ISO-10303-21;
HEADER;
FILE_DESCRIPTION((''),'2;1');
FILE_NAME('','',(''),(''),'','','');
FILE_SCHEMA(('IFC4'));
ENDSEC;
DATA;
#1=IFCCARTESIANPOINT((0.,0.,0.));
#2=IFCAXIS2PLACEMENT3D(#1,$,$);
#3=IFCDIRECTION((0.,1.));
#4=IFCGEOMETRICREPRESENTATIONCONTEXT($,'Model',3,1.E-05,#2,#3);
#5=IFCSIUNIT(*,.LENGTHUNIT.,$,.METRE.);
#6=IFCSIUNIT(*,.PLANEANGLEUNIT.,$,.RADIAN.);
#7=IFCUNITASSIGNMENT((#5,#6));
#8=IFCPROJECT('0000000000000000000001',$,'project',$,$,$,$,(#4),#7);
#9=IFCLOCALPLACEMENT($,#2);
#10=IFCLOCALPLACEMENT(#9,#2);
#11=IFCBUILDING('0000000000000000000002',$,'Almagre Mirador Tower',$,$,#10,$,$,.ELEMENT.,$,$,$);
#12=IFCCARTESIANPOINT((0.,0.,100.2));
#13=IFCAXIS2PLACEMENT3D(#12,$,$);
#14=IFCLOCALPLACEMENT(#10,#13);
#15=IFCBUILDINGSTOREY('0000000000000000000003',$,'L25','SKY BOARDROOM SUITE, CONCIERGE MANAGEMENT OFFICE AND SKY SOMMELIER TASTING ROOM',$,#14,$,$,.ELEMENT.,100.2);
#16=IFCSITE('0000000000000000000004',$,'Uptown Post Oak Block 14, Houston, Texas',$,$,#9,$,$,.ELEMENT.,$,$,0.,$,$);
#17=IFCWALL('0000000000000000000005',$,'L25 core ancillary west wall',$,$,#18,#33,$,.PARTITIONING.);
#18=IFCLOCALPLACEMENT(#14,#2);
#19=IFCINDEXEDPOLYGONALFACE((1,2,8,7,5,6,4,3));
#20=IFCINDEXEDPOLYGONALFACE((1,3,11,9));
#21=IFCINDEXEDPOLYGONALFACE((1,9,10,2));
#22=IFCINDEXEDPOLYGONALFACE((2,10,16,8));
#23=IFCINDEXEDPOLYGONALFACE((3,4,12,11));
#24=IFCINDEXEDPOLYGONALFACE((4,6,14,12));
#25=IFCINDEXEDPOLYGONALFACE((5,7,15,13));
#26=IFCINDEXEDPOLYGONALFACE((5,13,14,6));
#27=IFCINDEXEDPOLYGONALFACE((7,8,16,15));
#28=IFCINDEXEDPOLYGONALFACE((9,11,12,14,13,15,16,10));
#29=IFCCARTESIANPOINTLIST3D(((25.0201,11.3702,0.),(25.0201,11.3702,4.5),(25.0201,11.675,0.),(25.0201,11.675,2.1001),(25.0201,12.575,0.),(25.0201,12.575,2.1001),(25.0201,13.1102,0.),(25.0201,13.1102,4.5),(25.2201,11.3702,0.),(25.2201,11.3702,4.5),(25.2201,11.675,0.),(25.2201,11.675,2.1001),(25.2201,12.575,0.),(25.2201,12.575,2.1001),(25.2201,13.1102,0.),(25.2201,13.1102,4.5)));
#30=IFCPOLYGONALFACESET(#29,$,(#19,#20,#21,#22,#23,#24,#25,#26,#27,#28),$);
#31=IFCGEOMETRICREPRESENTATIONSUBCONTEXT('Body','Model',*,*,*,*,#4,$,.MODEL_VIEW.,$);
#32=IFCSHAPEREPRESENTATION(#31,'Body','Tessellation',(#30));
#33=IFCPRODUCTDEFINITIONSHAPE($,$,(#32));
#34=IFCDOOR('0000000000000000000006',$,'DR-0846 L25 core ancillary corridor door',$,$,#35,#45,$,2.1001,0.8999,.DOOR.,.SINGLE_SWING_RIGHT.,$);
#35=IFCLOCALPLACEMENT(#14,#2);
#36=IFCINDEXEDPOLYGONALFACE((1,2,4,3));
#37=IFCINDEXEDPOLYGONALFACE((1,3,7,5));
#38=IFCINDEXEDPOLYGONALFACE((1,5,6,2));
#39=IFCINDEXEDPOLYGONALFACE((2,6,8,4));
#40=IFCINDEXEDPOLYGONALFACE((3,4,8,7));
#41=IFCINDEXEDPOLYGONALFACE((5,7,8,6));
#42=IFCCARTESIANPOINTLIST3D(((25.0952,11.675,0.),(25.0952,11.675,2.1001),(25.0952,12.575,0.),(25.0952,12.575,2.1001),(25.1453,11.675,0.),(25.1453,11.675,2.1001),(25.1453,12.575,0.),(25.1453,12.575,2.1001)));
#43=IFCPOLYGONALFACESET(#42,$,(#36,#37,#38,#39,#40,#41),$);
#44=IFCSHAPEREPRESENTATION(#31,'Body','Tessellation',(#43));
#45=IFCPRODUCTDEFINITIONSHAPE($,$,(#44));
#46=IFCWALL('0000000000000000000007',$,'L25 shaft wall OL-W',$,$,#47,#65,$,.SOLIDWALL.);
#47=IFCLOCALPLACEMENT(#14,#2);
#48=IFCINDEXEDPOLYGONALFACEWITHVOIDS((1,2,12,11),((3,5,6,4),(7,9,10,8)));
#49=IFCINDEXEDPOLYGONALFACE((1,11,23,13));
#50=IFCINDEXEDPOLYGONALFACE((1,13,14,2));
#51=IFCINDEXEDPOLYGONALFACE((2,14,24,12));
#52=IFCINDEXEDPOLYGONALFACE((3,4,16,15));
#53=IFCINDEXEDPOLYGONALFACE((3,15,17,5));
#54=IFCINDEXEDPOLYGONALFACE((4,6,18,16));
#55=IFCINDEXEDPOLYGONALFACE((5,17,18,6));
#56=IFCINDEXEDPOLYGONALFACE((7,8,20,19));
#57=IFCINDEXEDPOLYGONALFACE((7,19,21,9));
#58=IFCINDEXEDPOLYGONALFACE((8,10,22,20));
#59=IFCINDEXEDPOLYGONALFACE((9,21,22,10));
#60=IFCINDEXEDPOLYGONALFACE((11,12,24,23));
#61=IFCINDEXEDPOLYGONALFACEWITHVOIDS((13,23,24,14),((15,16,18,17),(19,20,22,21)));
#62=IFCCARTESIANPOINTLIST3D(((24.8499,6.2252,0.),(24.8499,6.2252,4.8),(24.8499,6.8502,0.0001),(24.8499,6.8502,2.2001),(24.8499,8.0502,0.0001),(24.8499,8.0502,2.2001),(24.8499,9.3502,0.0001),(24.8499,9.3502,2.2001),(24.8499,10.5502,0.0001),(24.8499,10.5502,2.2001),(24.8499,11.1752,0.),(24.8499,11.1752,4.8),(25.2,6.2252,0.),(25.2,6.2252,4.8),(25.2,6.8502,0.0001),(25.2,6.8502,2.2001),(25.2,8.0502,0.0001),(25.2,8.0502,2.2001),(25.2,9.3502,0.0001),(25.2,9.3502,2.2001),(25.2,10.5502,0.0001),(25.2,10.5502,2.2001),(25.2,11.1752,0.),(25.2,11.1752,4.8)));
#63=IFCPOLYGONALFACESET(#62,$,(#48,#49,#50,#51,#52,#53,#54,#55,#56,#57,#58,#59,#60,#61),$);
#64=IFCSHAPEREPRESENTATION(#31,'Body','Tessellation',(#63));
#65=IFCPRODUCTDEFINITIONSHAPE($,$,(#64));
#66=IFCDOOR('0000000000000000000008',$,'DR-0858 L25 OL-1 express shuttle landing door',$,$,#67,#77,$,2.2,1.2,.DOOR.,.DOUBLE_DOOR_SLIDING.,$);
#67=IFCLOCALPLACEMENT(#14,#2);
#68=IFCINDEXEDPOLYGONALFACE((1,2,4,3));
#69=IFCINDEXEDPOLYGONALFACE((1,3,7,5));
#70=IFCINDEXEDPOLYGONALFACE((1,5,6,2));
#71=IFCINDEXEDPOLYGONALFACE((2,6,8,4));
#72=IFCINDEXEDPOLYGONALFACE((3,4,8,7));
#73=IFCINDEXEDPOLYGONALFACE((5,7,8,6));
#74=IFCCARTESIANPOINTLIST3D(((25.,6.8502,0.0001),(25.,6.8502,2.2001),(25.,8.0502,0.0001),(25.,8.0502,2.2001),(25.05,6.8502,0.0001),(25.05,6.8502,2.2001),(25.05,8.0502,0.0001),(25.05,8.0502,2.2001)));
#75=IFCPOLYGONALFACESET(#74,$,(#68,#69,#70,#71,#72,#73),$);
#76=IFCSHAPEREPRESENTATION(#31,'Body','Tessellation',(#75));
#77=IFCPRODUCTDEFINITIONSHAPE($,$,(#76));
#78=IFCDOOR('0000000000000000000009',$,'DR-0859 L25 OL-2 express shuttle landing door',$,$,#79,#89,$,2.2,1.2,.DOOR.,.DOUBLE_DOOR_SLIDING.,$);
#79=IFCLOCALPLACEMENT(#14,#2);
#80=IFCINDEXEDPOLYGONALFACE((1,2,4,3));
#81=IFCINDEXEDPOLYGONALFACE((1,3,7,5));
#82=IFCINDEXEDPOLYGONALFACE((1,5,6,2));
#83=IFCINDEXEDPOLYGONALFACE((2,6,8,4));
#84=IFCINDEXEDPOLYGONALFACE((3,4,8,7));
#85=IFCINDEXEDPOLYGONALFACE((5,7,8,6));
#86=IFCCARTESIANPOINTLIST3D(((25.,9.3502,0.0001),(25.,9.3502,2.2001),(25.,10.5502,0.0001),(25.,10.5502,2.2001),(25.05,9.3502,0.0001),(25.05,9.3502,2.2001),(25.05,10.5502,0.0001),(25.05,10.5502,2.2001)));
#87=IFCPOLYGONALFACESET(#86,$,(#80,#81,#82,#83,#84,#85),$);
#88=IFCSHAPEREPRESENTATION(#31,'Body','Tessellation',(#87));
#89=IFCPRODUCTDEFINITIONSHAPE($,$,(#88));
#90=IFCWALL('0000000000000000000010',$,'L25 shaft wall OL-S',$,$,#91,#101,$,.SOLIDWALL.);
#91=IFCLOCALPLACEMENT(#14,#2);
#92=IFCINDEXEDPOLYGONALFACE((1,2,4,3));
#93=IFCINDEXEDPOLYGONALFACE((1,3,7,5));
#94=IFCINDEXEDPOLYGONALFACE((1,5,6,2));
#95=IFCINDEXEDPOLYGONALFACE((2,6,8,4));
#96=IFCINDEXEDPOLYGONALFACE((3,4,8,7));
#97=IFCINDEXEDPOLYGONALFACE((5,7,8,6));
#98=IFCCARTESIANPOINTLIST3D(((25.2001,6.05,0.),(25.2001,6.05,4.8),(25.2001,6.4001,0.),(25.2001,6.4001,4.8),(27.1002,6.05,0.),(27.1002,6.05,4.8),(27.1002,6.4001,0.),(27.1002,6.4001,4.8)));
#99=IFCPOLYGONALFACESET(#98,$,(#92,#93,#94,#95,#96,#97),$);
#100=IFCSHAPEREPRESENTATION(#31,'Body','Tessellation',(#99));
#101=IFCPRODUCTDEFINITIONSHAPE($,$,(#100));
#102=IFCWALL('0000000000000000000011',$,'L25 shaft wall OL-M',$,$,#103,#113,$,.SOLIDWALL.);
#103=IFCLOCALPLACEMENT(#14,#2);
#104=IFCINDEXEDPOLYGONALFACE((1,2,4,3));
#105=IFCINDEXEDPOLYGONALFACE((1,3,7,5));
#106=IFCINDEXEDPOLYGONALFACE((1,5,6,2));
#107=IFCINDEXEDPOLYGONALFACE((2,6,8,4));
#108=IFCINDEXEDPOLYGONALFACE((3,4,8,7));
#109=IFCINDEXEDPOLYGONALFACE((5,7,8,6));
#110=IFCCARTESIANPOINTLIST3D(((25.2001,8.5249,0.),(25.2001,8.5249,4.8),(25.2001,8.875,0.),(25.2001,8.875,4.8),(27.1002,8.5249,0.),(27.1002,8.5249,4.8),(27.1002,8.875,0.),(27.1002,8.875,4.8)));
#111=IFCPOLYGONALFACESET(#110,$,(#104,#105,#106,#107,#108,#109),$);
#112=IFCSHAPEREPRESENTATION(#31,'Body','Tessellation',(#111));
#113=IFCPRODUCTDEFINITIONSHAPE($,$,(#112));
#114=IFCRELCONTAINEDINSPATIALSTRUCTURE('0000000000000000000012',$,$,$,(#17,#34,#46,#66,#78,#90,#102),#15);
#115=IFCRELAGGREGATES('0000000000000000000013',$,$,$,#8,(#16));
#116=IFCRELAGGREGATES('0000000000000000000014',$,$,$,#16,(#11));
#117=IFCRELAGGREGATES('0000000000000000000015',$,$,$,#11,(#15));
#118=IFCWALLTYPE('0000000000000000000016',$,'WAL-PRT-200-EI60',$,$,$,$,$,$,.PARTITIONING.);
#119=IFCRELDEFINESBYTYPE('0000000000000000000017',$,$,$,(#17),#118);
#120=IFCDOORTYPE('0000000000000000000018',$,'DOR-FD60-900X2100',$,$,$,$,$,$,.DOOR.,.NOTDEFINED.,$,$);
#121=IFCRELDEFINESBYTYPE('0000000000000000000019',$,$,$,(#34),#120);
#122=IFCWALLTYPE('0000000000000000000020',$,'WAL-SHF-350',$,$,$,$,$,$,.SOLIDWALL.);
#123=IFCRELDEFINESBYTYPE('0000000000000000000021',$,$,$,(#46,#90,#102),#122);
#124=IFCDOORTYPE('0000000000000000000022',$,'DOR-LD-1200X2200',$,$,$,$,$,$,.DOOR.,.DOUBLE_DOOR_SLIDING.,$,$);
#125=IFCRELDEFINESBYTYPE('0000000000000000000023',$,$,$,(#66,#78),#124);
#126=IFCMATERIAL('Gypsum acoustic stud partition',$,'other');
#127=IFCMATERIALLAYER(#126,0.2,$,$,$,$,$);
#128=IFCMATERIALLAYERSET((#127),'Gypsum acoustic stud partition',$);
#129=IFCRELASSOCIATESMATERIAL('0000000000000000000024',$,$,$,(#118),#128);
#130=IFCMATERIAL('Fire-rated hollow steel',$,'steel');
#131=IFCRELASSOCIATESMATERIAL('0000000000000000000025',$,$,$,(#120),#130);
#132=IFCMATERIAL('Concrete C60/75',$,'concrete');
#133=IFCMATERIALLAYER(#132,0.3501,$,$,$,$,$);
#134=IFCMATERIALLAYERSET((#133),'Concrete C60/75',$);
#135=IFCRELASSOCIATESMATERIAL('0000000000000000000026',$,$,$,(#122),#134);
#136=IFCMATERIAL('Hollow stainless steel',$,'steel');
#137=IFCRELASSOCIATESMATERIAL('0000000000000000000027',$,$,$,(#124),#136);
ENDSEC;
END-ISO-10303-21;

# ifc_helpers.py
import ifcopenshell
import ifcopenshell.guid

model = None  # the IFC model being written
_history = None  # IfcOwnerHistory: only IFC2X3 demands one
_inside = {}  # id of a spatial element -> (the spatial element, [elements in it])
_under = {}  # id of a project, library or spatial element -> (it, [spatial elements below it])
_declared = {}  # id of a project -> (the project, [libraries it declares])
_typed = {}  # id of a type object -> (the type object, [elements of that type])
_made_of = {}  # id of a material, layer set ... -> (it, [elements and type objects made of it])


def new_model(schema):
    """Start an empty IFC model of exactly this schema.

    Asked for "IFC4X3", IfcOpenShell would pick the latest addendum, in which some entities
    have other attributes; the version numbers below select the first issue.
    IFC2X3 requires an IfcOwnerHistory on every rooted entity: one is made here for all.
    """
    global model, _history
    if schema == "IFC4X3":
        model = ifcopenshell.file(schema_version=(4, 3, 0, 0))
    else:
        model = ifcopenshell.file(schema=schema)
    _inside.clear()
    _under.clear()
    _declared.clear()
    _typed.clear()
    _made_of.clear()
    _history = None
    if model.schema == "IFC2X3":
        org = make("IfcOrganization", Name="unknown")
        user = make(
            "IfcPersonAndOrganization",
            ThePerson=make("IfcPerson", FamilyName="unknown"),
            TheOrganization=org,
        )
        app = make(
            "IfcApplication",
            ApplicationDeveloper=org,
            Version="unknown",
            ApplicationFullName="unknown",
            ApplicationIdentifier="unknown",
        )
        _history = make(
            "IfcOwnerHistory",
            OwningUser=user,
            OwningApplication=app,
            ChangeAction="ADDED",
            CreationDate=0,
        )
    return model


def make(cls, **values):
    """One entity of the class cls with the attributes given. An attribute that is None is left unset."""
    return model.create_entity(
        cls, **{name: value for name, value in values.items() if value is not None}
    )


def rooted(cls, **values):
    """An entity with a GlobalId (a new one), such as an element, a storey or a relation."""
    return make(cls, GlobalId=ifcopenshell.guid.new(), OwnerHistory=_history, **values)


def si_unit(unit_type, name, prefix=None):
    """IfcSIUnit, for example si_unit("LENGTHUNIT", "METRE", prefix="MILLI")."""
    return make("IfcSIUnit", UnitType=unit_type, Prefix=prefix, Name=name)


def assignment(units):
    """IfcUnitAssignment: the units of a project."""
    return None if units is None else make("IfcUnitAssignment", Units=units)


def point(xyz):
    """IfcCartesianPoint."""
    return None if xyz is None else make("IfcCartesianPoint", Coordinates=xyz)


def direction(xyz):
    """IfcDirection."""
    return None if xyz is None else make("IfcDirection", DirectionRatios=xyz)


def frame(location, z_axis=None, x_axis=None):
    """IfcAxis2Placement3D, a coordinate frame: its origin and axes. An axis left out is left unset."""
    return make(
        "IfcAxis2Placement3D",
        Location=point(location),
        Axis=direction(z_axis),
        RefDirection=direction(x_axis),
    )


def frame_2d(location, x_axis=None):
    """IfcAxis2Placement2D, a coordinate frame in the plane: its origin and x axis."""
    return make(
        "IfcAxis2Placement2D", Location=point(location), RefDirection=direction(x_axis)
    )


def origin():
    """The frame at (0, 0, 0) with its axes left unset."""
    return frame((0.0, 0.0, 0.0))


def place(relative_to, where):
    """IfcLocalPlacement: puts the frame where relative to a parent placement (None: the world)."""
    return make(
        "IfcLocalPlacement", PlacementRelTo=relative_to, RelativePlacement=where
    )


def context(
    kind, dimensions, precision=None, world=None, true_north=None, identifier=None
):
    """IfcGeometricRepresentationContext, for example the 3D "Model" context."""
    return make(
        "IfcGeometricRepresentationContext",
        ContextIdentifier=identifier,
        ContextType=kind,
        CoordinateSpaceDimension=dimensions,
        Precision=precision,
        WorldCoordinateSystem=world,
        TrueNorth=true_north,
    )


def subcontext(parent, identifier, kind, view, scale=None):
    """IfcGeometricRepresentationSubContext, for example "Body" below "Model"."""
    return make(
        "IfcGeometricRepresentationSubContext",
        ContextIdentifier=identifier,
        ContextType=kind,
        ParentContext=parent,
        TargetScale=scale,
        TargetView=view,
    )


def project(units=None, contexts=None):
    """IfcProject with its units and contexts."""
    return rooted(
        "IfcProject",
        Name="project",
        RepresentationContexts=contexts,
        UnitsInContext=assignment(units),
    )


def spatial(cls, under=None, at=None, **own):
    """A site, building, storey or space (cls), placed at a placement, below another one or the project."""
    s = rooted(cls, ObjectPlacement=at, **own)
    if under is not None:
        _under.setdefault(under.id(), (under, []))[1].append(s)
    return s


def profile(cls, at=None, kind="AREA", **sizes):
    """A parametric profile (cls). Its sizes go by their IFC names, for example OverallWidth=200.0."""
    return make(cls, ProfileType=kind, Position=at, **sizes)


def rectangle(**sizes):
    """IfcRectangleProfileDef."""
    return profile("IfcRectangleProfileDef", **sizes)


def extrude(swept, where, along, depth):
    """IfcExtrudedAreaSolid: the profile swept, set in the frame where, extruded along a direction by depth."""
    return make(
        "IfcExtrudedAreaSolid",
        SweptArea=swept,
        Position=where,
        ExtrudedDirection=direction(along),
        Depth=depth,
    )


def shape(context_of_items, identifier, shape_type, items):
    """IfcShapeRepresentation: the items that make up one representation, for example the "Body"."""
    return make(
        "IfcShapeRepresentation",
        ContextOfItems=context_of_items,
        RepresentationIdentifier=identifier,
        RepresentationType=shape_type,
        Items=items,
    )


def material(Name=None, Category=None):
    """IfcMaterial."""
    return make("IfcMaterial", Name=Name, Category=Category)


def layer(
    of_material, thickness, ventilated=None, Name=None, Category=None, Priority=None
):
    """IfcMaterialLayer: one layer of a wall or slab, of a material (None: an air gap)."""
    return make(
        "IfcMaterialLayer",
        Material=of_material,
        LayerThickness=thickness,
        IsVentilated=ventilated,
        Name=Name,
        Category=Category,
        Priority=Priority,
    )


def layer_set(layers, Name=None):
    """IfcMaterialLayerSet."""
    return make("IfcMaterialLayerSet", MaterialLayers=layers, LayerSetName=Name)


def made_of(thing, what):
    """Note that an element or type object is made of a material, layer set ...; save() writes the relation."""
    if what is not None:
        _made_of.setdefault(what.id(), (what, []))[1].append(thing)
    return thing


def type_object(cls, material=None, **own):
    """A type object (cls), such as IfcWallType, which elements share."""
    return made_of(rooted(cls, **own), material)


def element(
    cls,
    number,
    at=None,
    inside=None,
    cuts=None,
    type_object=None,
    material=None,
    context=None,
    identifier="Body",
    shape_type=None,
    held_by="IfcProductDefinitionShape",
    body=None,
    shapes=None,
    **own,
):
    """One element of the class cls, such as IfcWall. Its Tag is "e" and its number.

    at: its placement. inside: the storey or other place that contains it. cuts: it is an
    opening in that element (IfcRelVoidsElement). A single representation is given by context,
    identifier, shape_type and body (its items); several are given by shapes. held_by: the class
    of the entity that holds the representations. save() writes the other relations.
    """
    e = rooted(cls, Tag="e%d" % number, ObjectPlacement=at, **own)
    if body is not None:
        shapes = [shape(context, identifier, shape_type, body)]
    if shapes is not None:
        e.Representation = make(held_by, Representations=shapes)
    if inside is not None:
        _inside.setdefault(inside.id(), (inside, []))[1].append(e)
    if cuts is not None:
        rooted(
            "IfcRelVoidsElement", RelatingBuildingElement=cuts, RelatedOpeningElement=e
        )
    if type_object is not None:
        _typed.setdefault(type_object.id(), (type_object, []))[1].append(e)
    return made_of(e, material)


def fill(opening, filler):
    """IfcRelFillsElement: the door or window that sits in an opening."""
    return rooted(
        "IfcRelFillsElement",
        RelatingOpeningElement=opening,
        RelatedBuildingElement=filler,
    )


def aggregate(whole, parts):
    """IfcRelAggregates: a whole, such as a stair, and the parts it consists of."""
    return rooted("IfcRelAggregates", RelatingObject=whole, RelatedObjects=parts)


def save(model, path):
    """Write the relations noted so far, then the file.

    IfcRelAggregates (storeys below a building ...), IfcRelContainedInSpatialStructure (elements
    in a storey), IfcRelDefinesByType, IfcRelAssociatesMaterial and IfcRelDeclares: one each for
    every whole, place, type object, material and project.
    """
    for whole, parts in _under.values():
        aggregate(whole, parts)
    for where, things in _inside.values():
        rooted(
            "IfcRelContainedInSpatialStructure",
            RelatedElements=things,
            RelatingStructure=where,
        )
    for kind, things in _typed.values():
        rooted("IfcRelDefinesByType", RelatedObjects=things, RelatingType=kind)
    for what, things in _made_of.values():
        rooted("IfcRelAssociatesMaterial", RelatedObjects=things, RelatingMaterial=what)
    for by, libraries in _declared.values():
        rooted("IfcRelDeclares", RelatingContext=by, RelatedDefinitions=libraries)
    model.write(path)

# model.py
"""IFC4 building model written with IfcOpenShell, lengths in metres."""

from ifc_helpers import new_model, si_unit, direction, frame, frame_2d, origin, place, context, subcontext, project, spatial, rectangle, extrude, material, layer, layer_set, type_object, element, fill, save


model = new_model("IFC4")

# Units and contexts
model_context = context("Model", 3, precision=1e-05, world=origin(), true_north=direction((0.0, 1.0)))
body_context = subcontext(model_context, "Body", "Model", "MODEL_VIEW")
ifc_project = project(units=[si_unit("LENGTHUNIT", "METRE"), si_unit("PLANEANGLEUNIT", "RADIAN")], contexts=[model_context])

# Site, building, storey
site_placement = place(None, origin())
site = spatial("IfcSite", under=ifc_project, at=site_placement, Name="Uptown Post Oak Block 14, Houston, Texas", CompositionType="ELEMENT", RefElevation=0.0)
building_placement = place(site_placement, origin())
building = spatial("IfcBuilding", under=site, at=building_placement, Name="Almagre Mirador Tower", CompositionType="ELEMENT")
storey_placement = place(building_placement, frame((0.0, 0.0, 100.2)))
storey = spatial("IfcBuildingStorey", under=building, at=storey_placement, Name="L25", Description="SKY BOARDROOM SUITE, CONCIERGE MANAGEMENT OFFICE AND SKY SOMMELIER TASTING ROOM", CompositionType="ELEMENT", Elevation=100.2)

# Wall, opening, door
ifc_material_1 = material(Name="Gypsum acoustic stud partition", Category="other")
ifc_layer_1 = layer(ifc_material_1, 0.2)
ifc_layer_set_1 = layer_set([ifc_layer_1], Name="Gypsum acoustic stud partition")
wall_type_1 = type_object("IfcWallType", Name="WAL-PRT-200-EI60", PredefinedType="PARTITIONING", material=ifc_layer_set_1)
wall_1_placement = place(storey_placement, frame((25.1201, 11.3701, 0.0), z_axis=(0.0, 0.0, 1.0), x_axis=(0.0, 1.0, 0.0)))
wall_1 = element("IfcWall", 1, at=wall_1_placement, inside=storey, type_object=wall_type_1, Name="L25 core ancillary west wall", PredefinedType="PARTITIONING", context=body_context, shape_type="SweptSolid", body=[
    extrude(rectangle(XDim=1.74, YDim=0.2, at=frame_2d((0.8701, 0.0))), origin(), (0.0, 0.0, 1.0), 4.5),
])
opening_1_placement = place(wall_1_placement, frame((0.3049, 0.0, 0.0)))
opening_1 = element("IfcOpeningElement", 2, at=opening_1_placement, cuts=wall_1, PredefinedType="OPENING", context=body_context, shape_type="SweptSolid", body=[
    extrude(rectangle(XDim=0.8999, YDim=2.1001, at=frame_2d((0.45, 1.05))), frame((0.0, 0.1101, 0.0), z_axis=(0.0, -1.0, 0.0), x_axis=(1.0, 0.0, 0.0)), (0.0, 0.0, 1.0), 0.22),
])
ifc_material_2 = material(Name="Fire-rated hollow steel", Category="steel")
door_type_1 = type_object("IfcDoorType", Name="DOR-FD60-900X2100", OperationType="NOTDEFINED", PredefinedType="DOOR", material=ifc_material_2)
door_1_placement = place(opening_1_placement, origin())
door_1 = element("IfcDoor", 3, at=door_1_placement, inside=storey, type_object=door_type_1, Name="DR-0846 L25 core ancillary corridor door", OperationType="SINGLE_SWING_RIGHT", OverallHeight=2.1001, OverallWidth=0.8999, PredefinedType="DOOR", context=body_context, shape_type="SweptSolid", body=[
    extrude(rectangle(XDim=0.8999, YDim=2.1001, at=frame_2d((0.45, 1.05))), frame((0.0, 0.0249, 0.0), z_axis=(0.0, -1.0, 0.0), x_axis=(1.0, 0.0, 0.0)), (0.0, 0.0, 1.0), 0.05),
])
fill(opening_1, door_1)

# Wall, openings, doors
ifc_material_3 = material(Name="Concrete C60/75", Category="concrete")
ifc_layer_2 = layer(ifc_material_3, 0.3501)
ifc_layer_set_2 = layer_set([ifc_layer_2], Name="Concrete C60/75")
wall_type_2 = type_object("IfcWallType", Name="WAL-SHF-350", PredefinedType="SOLIDWALL", material=ifc_layer_set_2)
wall_2_placement = place(storey_placement, frame((25.0249, 6.2251, 0.0), z_axis=(0.0, 0.0, 1.0), x_axis=(0.0, 1.0, 0.0)))
wall_2 = element("IfcWall", 4, at=wall_2_placement, inside=storey, type_object=wall_type_2, Name="L25 shaft wall OL-W", PredefinedType="SOLIDWALL", context=body_context, shape_type="SweptSolid", body=[
    extrude(rectangle(XDim=4.95, YDim=0.3501, at=frame_2d((2.4751, 0.0))), origin(), (0.0, 0.0, 1.0), 4.8),
])
opening_2_placement = place(wall_2_placement, frame((0.625, 0.0, 0.0)))
opening_2 = element("IfcOpeningElement", 5, at=opening_2_placement, cuts=wall_2, PredefinedType="OPENING", context=body_context, shape_type="SweptSolid", body=[
    extrude(rectangle(XDim=1.2, YDim=2.2, at=frame_2d((0.6001, 1.1001))), frame((0.0, 0.185, 0.0), z_axis=(0.0, -1.0, 0.0), x_axis=(1.0, 0.0, 0.0)), (0.0, 0.0, 1.0), 0.3701),
])
opening_3_placement = place(wall_2_placement, frame((3.125, 0.0, 0.0)))
opening_3 = element("IfcOpeningElement", 6, at=opening_3_placement, cuts=wall_2, PredefinedType="OPENING", context=body_context, shape_type="SweptSolid", body=[
    extrude(rectangle(XDim=1.2, YDim=2.2, at=frame_2d((0.6001, 1.1001))), frame((0.0, 0.185, 0.0), z_axis=(0.0, -1.0, 0.0), x_axis=(1.0, 0.0, 0.0)), (0.0, 0.0, 1.0), 0.3701),
])
ifc_material_4 = material(Name="Hollow stainless steel", Category="steel")
door_type_2 = type_object("IfcDoorType", Name="DOR-LD-1200X2200", OperationType="DOUBLE_DOOR_SLIDING", PredefinedType="DOOR", material=ifc_material_4)
door_2_placement = place(opening_2_placement, origin())
door_2 = element("IfcDoor", 7, at=door_2_placement, inside=storey, type_object=door_type_2, Name="DR-0858 L25 OL-1 express shuttle landing door", OperationType="DOUBLE_DOOR_SLIDING", OverallHeight=2.2, OverallWidth=1.2, PredefinedType="DOOR", context=body_context, shape_type="SweptSolid", body=[
    extrude(rectangle(XDim=1.2, YDim=2.2, at=frame_2d((0.6001, 1.1001))), frame((0.0, 0.0249, 0.0), z_axis=(0.0, -1.0, 0.0), x_axis=(1.0, 0.0, 0.0)), (0.0, 0.0, 1.0), 0.05),
])
fill(opening_2, door_2)
door_3_placement = place(opening_3_placement, origin())
door_3 = element("IfcDoor", 8, at=door_3_placement, inside=storey, type_object=door_type_2, Name="DR-0859 L25 OL-2 express shuttle landing door", OperationType="DOUBLE_DOOR_SLIDING", OverallHeight=2.2, OverallWidth=1.2, PredefinedType="DOOR", context=body_context, shape_type="SweptSolid", body=[
    extrude(rectangle(XDim=1.2, YDim=2.2, at=frame_2d((0.6001, 1.1001))), frame((0.0, 0.0249, 0.0), z_axis=(0.0, -1.0, 0.0), x_axis=(1.0, 0.0, 0.0)), (0.0, 0.0, 1.0), 0.05),
])
fill(opening_3, door_3)

# Walls
for number, where, z_axis, x_axis, name in (
    (9, (25.2, 6.2251, 0.0), (0.0, 0.0, 1.0), (1.0, 0.0, 0.0), "L25 shaft wall OL-S"),
    (10, (25.2, 8.7, 0.0), (0.0, 0.0, 1.0), (1.0, 0.0, 0.0), "L25 shaft wall OL-M"),
):
    element("IfcWall", number, at=place(storey_placement, frame(where, z_axis=z_axis, x_axis=x_axis)), inside=storey, type_object=wall_type_2, Name=name, PredefinedType="SOLIDWALL", context=body_context, shape_type="SweptSolid", body=[
        extrude(rectangle(XDim=1.9001, YDim=0.3501, at=frame_2d((0.9502, 0.0))), origin(), (0.0, 0.0, 1.0), 4.8),
    ])

save(model, "model.ifc")
